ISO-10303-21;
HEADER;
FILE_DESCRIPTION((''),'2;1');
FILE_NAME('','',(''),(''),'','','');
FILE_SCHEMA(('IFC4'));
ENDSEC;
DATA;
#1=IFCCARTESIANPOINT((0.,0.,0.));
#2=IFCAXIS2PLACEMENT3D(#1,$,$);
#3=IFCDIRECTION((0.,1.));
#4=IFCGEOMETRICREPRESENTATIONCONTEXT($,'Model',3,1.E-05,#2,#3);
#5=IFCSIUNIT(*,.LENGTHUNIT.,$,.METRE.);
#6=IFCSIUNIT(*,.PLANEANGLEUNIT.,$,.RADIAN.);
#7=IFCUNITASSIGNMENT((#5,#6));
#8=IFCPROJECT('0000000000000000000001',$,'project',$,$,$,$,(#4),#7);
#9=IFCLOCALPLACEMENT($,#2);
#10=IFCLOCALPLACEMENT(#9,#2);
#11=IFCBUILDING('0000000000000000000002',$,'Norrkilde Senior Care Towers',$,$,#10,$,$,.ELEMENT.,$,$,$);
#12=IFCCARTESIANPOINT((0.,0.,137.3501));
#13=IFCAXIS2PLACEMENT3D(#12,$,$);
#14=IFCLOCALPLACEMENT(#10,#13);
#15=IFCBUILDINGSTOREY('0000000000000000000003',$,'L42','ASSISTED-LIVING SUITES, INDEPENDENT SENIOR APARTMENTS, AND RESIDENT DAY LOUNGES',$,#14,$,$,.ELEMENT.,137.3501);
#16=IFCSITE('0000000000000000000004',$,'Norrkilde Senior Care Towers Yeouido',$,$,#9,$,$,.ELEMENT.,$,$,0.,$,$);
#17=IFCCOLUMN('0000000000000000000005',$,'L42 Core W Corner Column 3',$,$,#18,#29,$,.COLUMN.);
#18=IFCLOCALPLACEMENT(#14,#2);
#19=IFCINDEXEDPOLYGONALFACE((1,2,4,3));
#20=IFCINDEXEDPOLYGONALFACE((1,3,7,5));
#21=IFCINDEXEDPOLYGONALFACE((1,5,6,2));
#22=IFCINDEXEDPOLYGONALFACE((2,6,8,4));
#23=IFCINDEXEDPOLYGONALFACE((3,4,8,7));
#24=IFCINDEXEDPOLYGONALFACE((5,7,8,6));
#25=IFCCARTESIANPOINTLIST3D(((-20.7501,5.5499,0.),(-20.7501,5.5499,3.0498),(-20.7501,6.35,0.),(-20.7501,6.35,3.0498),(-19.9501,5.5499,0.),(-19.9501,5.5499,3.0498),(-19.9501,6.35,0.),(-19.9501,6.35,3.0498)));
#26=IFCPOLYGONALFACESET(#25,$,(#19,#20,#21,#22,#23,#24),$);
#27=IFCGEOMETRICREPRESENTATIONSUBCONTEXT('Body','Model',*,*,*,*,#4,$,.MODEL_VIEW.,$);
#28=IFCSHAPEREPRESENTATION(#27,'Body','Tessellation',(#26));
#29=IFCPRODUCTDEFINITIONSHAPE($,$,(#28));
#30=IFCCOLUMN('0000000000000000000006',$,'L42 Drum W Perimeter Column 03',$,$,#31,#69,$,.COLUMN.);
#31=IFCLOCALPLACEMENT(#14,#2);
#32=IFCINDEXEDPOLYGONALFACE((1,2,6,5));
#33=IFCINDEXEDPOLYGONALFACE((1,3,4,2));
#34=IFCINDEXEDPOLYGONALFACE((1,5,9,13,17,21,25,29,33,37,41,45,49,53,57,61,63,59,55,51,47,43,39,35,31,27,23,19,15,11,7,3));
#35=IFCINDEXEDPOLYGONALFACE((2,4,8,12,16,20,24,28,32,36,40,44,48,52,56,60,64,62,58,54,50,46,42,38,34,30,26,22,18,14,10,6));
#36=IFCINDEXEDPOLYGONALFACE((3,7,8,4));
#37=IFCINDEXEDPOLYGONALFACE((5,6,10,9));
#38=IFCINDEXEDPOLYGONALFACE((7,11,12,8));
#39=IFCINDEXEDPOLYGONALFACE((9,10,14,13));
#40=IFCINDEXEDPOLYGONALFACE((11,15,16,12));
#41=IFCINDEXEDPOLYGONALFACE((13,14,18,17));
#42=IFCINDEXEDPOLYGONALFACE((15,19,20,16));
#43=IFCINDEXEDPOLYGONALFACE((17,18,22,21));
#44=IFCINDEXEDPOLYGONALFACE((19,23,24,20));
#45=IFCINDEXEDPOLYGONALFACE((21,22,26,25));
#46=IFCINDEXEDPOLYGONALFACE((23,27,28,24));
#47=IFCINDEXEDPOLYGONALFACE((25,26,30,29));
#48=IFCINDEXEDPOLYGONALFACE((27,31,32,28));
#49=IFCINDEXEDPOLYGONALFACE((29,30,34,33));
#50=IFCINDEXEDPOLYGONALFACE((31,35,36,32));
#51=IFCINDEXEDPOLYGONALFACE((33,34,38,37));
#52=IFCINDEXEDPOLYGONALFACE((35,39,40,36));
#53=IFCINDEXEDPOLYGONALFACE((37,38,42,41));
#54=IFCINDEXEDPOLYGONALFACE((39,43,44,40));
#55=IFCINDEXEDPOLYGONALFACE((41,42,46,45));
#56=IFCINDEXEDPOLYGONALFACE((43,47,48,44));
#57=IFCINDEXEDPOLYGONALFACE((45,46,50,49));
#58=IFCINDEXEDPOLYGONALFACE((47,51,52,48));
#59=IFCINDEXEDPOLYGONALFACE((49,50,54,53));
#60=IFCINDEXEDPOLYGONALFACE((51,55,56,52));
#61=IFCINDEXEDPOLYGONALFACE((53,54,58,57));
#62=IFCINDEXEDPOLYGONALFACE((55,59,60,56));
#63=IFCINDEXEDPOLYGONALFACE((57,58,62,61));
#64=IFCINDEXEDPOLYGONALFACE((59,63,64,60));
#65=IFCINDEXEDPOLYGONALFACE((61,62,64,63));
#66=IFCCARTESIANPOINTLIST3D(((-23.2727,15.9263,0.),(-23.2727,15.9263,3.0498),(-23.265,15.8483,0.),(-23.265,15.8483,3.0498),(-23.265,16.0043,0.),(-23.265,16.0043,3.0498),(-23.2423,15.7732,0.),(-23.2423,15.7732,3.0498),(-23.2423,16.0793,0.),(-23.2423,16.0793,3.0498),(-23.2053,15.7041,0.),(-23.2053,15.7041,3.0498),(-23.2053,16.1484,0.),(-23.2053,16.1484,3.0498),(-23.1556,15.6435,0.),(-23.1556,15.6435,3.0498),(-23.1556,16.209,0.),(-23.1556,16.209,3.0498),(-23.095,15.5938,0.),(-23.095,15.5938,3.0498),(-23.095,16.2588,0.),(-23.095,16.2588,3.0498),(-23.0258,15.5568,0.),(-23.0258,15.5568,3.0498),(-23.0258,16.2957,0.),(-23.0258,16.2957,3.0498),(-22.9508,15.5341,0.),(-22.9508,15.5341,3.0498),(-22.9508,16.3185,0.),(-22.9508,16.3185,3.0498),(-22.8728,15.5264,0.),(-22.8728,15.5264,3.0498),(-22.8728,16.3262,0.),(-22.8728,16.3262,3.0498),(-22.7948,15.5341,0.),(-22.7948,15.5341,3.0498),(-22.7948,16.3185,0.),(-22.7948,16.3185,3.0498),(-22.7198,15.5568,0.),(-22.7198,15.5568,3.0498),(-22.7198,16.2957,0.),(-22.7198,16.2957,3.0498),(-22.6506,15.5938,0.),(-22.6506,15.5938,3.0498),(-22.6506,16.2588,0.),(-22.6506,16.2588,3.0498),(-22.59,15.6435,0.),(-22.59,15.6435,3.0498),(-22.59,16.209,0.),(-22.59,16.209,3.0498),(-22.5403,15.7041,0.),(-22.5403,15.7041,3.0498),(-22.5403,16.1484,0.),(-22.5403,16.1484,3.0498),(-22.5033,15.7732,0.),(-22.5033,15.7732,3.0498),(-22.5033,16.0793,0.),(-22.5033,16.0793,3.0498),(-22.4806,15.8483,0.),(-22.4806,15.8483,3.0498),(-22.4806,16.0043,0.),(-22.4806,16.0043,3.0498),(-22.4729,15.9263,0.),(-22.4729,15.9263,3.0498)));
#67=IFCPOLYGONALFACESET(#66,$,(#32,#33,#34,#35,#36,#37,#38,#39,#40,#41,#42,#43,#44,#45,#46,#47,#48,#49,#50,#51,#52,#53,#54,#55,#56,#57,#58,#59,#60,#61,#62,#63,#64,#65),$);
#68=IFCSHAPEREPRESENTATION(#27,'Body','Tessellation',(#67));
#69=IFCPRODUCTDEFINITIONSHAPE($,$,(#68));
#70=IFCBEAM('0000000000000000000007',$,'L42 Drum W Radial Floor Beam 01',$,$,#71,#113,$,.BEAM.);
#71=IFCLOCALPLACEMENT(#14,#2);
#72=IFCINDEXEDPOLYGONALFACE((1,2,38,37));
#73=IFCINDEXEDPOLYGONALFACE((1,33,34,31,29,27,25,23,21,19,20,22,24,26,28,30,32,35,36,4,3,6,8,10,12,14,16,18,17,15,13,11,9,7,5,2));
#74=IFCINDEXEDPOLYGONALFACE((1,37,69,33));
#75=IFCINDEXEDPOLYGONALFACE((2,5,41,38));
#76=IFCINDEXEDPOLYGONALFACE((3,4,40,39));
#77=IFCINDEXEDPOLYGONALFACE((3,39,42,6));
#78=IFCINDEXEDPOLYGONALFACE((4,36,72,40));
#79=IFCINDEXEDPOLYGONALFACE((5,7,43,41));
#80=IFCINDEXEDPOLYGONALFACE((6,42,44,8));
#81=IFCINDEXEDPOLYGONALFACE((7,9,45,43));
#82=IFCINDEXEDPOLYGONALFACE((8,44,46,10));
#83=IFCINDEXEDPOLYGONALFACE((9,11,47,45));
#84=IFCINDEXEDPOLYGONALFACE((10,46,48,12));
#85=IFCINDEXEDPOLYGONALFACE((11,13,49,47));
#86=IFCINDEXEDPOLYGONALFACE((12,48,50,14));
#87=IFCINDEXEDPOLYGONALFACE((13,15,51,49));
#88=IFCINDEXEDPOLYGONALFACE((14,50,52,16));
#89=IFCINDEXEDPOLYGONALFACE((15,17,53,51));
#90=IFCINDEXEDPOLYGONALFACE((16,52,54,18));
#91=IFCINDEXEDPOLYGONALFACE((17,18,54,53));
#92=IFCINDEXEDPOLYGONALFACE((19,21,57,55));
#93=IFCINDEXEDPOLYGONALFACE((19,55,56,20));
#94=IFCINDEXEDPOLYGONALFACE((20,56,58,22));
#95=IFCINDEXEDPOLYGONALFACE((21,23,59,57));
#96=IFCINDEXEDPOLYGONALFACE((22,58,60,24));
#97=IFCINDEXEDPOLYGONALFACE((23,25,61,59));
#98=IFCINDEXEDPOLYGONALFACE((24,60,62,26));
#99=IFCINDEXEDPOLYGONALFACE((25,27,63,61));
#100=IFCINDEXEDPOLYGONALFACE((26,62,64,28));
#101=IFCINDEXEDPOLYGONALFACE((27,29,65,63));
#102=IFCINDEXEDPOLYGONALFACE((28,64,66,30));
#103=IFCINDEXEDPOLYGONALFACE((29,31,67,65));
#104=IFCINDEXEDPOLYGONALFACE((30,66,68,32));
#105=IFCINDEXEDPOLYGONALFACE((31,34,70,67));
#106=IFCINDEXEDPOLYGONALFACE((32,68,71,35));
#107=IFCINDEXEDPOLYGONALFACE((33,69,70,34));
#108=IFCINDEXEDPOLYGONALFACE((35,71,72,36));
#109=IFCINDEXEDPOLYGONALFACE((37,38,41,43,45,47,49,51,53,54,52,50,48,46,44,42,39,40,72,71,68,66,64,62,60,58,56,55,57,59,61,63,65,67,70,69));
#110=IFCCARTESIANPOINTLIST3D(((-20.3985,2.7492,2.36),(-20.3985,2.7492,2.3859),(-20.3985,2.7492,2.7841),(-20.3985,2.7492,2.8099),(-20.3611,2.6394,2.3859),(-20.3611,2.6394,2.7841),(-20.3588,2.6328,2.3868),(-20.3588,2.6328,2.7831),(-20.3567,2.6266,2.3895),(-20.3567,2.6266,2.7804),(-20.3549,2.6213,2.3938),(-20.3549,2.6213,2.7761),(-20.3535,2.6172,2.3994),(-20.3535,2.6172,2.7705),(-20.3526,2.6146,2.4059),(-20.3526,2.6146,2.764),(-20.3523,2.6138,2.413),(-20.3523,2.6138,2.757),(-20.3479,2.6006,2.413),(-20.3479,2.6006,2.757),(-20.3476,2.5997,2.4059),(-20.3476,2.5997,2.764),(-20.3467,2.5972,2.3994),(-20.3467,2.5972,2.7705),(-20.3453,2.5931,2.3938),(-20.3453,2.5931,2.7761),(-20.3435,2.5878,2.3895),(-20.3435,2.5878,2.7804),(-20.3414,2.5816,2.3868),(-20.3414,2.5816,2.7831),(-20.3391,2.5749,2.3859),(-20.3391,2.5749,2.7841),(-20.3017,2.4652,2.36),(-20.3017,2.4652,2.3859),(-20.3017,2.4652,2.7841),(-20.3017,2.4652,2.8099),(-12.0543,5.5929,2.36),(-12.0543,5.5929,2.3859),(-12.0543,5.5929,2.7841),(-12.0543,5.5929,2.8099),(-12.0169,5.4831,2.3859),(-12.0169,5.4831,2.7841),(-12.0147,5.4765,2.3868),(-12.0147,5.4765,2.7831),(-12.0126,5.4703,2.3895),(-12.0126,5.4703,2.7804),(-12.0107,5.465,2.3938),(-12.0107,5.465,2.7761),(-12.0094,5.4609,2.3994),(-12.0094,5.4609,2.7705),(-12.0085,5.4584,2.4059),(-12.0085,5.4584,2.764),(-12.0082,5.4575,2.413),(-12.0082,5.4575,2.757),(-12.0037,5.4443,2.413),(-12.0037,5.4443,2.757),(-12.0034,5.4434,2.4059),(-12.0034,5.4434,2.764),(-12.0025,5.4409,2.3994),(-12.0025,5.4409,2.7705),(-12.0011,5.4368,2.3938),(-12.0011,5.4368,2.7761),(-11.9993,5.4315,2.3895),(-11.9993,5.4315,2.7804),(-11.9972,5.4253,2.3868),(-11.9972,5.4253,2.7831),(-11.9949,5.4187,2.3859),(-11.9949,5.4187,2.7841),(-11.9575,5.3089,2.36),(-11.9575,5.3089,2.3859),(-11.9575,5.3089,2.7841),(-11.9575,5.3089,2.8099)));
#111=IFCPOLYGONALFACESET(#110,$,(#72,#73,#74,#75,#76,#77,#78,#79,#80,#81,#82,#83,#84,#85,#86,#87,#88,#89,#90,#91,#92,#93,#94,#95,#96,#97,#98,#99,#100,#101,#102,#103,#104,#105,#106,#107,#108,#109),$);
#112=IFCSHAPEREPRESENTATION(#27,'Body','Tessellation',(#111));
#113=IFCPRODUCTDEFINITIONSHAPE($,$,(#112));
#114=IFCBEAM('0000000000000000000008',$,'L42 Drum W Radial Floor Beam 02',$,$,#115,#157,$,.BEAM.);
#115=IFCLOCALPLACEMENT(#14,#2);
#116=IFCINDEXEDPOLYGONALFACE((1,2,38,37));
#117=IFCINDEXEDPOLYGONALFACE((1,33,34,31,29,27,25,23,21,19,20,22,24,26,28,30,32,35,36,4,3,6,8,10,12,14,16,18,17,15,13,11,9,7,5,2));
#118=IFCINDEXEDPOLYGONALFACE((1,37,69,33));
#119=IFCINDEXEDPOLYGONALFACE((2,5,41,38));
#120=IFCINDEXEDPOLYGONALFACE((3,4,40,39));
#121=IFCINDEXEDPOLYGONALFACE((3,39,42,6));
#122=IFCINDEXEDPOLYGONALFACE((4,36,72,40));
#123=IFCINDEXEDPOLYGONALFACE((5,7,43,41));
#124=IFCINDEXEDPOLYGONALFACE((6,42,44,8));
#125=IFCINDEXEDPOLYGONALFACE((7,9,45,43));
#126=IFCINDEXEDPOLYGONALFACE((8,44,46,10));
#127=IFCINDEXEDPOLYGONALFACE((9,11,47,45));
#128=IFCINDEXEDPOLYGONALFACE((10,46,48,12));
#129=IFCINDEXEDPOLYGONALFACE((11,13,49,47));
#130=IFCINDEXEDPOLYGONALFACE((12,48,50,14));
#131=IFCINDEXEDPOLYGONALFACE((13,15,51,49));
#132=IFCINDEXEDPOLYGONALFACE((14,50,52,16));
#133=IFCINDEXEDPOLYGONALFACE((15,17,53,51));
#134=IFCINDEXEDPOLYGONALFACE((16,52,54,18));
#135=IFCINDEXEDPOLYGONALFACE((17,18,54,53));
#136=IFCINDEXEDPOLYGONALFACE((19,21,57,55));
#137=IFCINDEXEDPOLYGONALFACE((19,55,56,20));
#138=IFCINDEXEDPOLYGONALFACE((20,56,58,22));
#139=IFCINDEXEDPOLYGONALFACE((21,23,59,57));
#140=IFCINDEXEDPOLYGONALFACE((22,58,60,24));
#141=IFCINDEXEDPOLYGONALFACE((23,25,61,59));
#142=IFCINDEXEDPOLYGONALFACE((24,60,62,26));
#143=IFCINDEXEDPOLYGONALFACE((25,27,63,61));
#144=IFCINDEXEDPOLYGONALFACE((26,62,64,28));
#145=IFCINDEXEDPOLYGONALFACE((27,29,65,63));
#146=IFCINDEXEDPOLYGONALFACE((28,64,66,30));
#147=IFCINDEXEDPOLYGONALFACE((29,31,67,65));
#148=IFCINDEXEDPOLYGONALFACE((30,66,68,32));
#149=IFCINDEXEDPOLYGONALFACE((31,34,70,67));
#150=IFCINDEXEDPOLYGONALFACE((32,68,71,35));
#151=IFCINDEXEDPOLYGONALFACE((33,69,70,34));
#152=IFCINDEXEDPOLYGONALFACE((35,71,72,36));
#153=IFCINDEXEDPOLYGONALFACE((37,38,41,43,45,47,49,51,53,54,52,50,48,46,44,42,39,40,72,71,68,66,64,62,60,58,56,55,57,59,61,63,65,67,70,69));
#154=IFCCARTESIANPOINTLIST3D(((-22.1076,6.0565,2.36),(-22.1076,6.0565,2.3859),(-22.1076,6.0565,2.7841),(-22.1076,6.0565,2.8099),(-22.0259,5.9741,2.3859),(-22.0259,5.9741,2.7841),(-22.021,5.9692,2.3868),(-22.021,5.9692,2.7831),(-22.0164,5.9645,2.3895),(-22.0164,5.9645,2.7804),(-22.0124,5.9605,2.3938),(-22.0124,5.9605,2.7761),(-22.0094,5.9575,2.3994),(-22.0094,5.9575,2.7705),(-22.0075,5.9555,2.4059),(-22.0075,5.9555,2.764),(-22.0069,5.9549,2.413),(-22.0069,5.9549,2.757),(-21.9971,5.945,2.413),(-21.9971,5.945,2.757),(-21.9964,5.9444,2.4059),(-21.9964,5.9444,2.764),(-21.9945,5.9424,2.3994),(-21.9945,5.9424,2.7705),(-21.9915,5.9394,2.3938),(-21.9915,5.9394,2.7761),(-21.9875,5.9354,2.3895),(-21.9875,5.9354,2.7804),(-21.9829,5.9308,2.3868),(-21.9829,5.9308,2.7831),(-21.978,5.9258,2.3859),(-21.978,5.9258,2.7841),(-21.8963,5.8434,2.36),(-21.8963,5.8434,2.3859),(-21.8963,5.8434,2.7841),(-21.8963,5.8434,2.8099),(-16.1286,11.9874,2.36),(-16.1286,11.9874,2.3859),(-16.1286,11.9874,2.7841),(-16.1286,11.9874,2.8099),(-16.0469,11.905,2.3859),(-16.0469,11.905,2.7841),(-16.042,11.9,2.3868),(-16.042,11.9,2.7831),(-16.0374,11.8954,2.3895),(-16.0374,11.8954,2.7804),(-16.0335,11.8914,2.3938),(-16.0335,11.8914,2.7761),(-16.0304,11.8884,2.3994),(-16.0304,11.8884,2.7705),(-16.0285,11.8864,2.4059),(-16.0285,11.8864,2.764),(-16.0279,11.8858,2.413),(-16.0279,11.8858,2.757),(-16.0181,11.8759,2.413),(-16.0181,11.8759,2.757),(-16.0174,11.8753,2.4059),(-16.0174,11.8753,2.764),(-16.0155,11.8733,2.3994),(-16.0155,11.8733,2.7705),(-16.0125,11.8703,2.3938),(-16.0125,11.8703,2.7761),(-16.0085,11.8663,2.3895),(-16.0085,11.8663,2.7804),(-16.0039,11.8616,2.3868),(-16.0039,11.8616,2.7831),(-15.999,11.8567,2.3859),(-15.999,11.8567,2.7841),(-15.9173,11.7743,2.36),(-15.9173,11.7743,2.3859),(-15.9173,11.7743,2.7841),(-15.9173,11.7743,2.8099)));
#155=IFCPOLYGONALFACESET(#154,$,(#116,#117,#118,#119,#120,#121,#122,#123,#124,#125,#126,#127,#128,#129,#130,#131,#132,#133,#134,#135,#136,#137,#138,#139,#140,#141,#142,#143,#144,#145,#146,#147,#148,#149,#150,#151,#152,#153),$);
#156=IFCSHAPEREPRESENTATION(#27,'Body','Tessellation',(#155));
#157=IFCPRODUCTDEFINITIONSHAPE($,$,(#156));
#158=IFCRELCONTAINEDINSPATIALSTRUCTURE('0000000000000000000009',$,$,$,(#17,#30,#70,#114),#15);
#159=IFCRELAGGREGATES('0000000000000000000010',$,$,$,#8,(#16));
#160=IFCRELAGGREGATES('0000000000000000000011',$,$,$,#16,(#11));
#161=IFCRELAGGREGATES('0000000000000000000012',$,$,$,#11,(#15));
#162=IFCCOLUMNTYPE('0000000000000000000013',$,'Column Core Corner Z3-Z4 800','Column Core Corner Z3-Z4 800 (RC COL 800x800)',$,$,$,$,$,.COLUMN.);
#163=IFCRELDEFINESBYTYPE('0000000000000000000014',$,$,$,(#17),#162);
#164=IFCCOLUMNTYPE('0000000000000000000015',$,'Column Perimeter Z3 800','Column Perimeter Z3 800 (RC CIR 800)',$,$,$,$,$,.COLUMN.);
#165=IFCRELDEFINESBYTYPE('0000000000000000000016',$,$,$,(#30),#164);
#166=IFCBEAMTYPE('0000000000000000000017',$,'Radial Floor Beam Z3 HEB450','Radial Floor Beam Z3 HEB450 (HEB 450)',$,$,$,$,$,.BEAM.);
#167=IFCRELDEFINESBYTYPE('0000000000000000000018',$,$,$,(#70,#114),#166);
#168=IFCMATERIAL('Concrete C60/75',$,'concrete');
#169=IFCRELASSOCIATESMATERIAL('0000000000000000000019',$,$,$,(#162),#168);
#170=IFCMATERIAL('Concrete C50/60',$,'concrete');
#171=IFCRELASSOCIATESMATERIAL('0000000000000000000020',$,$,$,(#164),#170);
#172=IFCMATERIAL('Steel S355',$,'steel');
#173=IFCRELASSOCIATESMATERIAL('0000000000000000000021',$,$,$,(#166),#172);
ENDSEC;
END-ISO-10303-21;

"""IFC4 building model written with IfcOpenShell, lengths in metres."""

from ifc_helpers import new_model, si_unit, direction, frame, origin, origin_2d, place, context, subcontext, project, spatial, rectangle, circle, i_section, extrude, source, transform, mapped, material, material_profile, profile_set, type_object, type_shapes, element, save


model = new_model("IFC4")

# Units and contexts
model_context = context("Model", 3, precision=1e-05, world=origin(), true_north=direction((0.0, 1.0)))
body_context = subcontext(model_context, "Body", "Model", "MODEL_VIEW")
ifc_project = project(units=[si_unit("LENGTHUNIT", "METRE"), si_unit("PLANEANGLEUNIT", "RADIAN")], contexts=[model_context])

# Site, building, storey
site_placement = place(None, origin())
site = spatial("IfcSite", under=ifc_project, at=site_placement, Name="Norrkilde Senior Care Towers Yeouido", CompositionType="ELEMENT", RefElevation=0.0)
building_placement = place(site_placement, origin())
building = spatial("IfcBuilding", under=site, at=building_placement, Name="Norrkilde Senior Care Towers", CompositionType="ELEMENT")
storey_placement = place(building_placement, frame((0.0, 0.0, 137.3501)))
storey = spatial("IfcBuildingStorey", under=building, at=storey_placement, Name="L42", Description="ASSISTED-LIVING SUITES, INDEPENDENT SENIOR APARTMENTS, AND RESIDENT DAY LOUNGES", CompositionType="ELEMENT", Elevation=137.3501)

# Columns
ifc_material_1 = material(Name="Concrete C60/75", Category="concrete")
ifc_material_profile_1 = material_profile(ifc_material_1, rectangle(XDim=0.8, YDim=0.8, at=origin_2d()), Name="RC COL 800x800")
ifc_profile_set_1 = profile_set([ifc_material_profile_1], Name="Concrete C60/75")
column_type_1 = type_object("IfcColumnType", Name="Column Core Corner Z3-Z4 800", Description="Column Core Corner Z3-Z4 800 (RC COL 800x800)", PredefinedType="COLUMN", material=ifc_profile_set_1)
shared_shape_1 = source(origin(), body_context, "Body", "SweptSolid", [
    extrude(rectangle(XDim=0.8, YDim=0.8, at=origin_2d()), origin(), (0.0, 0.0, 1.0), 3.0498),
])
type_shapes(column_type_1, [shared_shape_1])
column_1_placement = place(storey_placement, frame((-20.3501, 5.95, 0.0), z_axis=(0.0, 0.0, 1.0), x_axis=(1.0, 0.0, 0.0)))
element("IfcColumn", 1, at=column_1_placement, inside=storey, type_object=column_type_1, Name="L42 Core W Corner Column 3", PredefinedType="COLUMN", context=body_context, shape_type="MappedRepresentation", body=[
    mapped(shared_shape_1, transform((0.0, 0.0, 0.0), x_axis=(1.0, 0.0, 0.0), y_axis=(0.0, 1.0, 0.0), z_axis=(0.0, 0.0, 1.0), scale=1.0)),
])
ifc_material_2 = material(Name="Concrete C50/60", Category="concrete")
ifc_material_profile_2 = material_profile(ifc_material_2, circle(Radius=0.3999, at=origin_2d()), Name="RC CIR 800")
ifc_profile_set_2 = profile_set([ifc_material_profile_2], Name="Concrete C50/60")
column_type_2 = type_object("IfcColumnType", Name="Column Perimeter Z3 800", Description="Column Perimeter Z3 800 (RC CIR 800)", PredefinedType="COLUMN", material=ifc_profile_set_2)
shared_shape_2 = source(origin(), body_context, "Body", "SweptSolid", [
    extrude(circle(Radius=0.3999, at=origin_2d()), origin(), (0.0, 0.0, 1.0), 3.0498),
])
type_shapes(column_type_2, [shared_shape_2])
column_2_placement = place(storey_placement, frame((-22.8728, 15.9263, 0.0), z_axis=(0.0, 0.0, 1.0), x_axis=(1.0, 0.0, 0.0)))
element("IfcColumn", 2, at=column_2_placement, inside=storey, type_object=column_type_2, Name="L42 Drum W Perimeter Column 03", PredefinedType="COLUMN", context=body_context, shape_type="MappedRepresentation", body=[
    mapped(shared_shape_2, transform((0.0, 0.0, 0.0), x_axis=(1.0, 0.0, 0.0), y_axis=(0.0, 1.0, 0.0), z_axis=(0.0, 0.0, 1.0), scale=1.0)),
])

# Beams
ifc_material_3 = material(Name="Steel S355", Category="steel")
ifc_material_profile_3 = material_profile(ifc_material_3, i_section(OverallWidth=0.3, OverallDepth=0.45, WebThickness=0.0139, FlangeThickness=0.0259, FilletRadius=0.0271, at=origin_2d()), Name="HEB 450")
ifc_profile_set_3 = profile_set([ifc_material_profile_3], Name="Steel S355")
beam_type_1 = type_object("IfcBeamType", Name="Radial Floor Beam Z3 HEB450", Description="Radial Floor Beam Z3 HEB450 (HEB 450)", PredefinedType="BEAM", material=ifc_profile_set_3)
shared_shape_3 = source(origin(), body_context, "Body", "SweptSolid", [
    extrude(i_section(OverallWidth=0.3, OverallDepth=0.45, WebThickness=0.0139, FlangeThickness=0.0259, FilletRadius=0.0271, at=origin_2d()), origin(), (0.0, 0.0, 1.0), 8.8154),
])
beam_1_placement = place(storey_placement, frame((-20.3501, 2.6072, 2.585), z_axis=(0.946541, 0.322585, 0.0), x_axis=(-0.322585, 0.946541, 0.0)))
element("IfcBeam", 3, at=beam_1_placement, inside=storey, type_object=beam_type_1, Name="L42 Drum W Radial Floor Beam 01", PredefinedType="BEAM", context=body_context, shape_type="MappedRepresentation", body=[
    mapped(shared_shape_3, transform((0.0, 0.0, 0.0), x_axis=(1.0, 0.0, 0.0), y_axis=(0.0, 1.0, 0.0), z_axis=(0.0, 0.0, 1.0), scale=1.0)),
])
shared_shape_4 = source(origin(), body_context, "Body", "SweptSolid", [
    extrude(i_section(OverallWidth=0.3, OverallDepth=0.45, WebThickness=0.0139, FlangeThickness=0.0259, FilletRadius=0.0271, at=origin_2d()), origin(), (0.0, 0.0, 1.0), 8.4216),
])
beam_2_placement = place(storey_placement, frame((-22.002, 5.95, 2.585), z_axis=(0.709956, 0.704246, 0.0), x_axis=(-0.704246, 0.709956, 0.0)))
element("IfcBeam", 4, at=beam_2_placement, inside=storey, type_object=beam_type_1, Name="L42 Drum W Radial Floor Beam 02", PredefinedType="BEAM", context=body_context, shape_type="MappedRepresentation", body=[
    mapped(shared_shape_4, transform((0.0, 0.0, 0.0), x_axis=(1.0, 0.0, 0.0), y_axis=(0.0, 1.0, 0.0), z_axis=(0.0, 0.0, 1.0), scale=1.0)),
])

save(model, "model.ifc")
